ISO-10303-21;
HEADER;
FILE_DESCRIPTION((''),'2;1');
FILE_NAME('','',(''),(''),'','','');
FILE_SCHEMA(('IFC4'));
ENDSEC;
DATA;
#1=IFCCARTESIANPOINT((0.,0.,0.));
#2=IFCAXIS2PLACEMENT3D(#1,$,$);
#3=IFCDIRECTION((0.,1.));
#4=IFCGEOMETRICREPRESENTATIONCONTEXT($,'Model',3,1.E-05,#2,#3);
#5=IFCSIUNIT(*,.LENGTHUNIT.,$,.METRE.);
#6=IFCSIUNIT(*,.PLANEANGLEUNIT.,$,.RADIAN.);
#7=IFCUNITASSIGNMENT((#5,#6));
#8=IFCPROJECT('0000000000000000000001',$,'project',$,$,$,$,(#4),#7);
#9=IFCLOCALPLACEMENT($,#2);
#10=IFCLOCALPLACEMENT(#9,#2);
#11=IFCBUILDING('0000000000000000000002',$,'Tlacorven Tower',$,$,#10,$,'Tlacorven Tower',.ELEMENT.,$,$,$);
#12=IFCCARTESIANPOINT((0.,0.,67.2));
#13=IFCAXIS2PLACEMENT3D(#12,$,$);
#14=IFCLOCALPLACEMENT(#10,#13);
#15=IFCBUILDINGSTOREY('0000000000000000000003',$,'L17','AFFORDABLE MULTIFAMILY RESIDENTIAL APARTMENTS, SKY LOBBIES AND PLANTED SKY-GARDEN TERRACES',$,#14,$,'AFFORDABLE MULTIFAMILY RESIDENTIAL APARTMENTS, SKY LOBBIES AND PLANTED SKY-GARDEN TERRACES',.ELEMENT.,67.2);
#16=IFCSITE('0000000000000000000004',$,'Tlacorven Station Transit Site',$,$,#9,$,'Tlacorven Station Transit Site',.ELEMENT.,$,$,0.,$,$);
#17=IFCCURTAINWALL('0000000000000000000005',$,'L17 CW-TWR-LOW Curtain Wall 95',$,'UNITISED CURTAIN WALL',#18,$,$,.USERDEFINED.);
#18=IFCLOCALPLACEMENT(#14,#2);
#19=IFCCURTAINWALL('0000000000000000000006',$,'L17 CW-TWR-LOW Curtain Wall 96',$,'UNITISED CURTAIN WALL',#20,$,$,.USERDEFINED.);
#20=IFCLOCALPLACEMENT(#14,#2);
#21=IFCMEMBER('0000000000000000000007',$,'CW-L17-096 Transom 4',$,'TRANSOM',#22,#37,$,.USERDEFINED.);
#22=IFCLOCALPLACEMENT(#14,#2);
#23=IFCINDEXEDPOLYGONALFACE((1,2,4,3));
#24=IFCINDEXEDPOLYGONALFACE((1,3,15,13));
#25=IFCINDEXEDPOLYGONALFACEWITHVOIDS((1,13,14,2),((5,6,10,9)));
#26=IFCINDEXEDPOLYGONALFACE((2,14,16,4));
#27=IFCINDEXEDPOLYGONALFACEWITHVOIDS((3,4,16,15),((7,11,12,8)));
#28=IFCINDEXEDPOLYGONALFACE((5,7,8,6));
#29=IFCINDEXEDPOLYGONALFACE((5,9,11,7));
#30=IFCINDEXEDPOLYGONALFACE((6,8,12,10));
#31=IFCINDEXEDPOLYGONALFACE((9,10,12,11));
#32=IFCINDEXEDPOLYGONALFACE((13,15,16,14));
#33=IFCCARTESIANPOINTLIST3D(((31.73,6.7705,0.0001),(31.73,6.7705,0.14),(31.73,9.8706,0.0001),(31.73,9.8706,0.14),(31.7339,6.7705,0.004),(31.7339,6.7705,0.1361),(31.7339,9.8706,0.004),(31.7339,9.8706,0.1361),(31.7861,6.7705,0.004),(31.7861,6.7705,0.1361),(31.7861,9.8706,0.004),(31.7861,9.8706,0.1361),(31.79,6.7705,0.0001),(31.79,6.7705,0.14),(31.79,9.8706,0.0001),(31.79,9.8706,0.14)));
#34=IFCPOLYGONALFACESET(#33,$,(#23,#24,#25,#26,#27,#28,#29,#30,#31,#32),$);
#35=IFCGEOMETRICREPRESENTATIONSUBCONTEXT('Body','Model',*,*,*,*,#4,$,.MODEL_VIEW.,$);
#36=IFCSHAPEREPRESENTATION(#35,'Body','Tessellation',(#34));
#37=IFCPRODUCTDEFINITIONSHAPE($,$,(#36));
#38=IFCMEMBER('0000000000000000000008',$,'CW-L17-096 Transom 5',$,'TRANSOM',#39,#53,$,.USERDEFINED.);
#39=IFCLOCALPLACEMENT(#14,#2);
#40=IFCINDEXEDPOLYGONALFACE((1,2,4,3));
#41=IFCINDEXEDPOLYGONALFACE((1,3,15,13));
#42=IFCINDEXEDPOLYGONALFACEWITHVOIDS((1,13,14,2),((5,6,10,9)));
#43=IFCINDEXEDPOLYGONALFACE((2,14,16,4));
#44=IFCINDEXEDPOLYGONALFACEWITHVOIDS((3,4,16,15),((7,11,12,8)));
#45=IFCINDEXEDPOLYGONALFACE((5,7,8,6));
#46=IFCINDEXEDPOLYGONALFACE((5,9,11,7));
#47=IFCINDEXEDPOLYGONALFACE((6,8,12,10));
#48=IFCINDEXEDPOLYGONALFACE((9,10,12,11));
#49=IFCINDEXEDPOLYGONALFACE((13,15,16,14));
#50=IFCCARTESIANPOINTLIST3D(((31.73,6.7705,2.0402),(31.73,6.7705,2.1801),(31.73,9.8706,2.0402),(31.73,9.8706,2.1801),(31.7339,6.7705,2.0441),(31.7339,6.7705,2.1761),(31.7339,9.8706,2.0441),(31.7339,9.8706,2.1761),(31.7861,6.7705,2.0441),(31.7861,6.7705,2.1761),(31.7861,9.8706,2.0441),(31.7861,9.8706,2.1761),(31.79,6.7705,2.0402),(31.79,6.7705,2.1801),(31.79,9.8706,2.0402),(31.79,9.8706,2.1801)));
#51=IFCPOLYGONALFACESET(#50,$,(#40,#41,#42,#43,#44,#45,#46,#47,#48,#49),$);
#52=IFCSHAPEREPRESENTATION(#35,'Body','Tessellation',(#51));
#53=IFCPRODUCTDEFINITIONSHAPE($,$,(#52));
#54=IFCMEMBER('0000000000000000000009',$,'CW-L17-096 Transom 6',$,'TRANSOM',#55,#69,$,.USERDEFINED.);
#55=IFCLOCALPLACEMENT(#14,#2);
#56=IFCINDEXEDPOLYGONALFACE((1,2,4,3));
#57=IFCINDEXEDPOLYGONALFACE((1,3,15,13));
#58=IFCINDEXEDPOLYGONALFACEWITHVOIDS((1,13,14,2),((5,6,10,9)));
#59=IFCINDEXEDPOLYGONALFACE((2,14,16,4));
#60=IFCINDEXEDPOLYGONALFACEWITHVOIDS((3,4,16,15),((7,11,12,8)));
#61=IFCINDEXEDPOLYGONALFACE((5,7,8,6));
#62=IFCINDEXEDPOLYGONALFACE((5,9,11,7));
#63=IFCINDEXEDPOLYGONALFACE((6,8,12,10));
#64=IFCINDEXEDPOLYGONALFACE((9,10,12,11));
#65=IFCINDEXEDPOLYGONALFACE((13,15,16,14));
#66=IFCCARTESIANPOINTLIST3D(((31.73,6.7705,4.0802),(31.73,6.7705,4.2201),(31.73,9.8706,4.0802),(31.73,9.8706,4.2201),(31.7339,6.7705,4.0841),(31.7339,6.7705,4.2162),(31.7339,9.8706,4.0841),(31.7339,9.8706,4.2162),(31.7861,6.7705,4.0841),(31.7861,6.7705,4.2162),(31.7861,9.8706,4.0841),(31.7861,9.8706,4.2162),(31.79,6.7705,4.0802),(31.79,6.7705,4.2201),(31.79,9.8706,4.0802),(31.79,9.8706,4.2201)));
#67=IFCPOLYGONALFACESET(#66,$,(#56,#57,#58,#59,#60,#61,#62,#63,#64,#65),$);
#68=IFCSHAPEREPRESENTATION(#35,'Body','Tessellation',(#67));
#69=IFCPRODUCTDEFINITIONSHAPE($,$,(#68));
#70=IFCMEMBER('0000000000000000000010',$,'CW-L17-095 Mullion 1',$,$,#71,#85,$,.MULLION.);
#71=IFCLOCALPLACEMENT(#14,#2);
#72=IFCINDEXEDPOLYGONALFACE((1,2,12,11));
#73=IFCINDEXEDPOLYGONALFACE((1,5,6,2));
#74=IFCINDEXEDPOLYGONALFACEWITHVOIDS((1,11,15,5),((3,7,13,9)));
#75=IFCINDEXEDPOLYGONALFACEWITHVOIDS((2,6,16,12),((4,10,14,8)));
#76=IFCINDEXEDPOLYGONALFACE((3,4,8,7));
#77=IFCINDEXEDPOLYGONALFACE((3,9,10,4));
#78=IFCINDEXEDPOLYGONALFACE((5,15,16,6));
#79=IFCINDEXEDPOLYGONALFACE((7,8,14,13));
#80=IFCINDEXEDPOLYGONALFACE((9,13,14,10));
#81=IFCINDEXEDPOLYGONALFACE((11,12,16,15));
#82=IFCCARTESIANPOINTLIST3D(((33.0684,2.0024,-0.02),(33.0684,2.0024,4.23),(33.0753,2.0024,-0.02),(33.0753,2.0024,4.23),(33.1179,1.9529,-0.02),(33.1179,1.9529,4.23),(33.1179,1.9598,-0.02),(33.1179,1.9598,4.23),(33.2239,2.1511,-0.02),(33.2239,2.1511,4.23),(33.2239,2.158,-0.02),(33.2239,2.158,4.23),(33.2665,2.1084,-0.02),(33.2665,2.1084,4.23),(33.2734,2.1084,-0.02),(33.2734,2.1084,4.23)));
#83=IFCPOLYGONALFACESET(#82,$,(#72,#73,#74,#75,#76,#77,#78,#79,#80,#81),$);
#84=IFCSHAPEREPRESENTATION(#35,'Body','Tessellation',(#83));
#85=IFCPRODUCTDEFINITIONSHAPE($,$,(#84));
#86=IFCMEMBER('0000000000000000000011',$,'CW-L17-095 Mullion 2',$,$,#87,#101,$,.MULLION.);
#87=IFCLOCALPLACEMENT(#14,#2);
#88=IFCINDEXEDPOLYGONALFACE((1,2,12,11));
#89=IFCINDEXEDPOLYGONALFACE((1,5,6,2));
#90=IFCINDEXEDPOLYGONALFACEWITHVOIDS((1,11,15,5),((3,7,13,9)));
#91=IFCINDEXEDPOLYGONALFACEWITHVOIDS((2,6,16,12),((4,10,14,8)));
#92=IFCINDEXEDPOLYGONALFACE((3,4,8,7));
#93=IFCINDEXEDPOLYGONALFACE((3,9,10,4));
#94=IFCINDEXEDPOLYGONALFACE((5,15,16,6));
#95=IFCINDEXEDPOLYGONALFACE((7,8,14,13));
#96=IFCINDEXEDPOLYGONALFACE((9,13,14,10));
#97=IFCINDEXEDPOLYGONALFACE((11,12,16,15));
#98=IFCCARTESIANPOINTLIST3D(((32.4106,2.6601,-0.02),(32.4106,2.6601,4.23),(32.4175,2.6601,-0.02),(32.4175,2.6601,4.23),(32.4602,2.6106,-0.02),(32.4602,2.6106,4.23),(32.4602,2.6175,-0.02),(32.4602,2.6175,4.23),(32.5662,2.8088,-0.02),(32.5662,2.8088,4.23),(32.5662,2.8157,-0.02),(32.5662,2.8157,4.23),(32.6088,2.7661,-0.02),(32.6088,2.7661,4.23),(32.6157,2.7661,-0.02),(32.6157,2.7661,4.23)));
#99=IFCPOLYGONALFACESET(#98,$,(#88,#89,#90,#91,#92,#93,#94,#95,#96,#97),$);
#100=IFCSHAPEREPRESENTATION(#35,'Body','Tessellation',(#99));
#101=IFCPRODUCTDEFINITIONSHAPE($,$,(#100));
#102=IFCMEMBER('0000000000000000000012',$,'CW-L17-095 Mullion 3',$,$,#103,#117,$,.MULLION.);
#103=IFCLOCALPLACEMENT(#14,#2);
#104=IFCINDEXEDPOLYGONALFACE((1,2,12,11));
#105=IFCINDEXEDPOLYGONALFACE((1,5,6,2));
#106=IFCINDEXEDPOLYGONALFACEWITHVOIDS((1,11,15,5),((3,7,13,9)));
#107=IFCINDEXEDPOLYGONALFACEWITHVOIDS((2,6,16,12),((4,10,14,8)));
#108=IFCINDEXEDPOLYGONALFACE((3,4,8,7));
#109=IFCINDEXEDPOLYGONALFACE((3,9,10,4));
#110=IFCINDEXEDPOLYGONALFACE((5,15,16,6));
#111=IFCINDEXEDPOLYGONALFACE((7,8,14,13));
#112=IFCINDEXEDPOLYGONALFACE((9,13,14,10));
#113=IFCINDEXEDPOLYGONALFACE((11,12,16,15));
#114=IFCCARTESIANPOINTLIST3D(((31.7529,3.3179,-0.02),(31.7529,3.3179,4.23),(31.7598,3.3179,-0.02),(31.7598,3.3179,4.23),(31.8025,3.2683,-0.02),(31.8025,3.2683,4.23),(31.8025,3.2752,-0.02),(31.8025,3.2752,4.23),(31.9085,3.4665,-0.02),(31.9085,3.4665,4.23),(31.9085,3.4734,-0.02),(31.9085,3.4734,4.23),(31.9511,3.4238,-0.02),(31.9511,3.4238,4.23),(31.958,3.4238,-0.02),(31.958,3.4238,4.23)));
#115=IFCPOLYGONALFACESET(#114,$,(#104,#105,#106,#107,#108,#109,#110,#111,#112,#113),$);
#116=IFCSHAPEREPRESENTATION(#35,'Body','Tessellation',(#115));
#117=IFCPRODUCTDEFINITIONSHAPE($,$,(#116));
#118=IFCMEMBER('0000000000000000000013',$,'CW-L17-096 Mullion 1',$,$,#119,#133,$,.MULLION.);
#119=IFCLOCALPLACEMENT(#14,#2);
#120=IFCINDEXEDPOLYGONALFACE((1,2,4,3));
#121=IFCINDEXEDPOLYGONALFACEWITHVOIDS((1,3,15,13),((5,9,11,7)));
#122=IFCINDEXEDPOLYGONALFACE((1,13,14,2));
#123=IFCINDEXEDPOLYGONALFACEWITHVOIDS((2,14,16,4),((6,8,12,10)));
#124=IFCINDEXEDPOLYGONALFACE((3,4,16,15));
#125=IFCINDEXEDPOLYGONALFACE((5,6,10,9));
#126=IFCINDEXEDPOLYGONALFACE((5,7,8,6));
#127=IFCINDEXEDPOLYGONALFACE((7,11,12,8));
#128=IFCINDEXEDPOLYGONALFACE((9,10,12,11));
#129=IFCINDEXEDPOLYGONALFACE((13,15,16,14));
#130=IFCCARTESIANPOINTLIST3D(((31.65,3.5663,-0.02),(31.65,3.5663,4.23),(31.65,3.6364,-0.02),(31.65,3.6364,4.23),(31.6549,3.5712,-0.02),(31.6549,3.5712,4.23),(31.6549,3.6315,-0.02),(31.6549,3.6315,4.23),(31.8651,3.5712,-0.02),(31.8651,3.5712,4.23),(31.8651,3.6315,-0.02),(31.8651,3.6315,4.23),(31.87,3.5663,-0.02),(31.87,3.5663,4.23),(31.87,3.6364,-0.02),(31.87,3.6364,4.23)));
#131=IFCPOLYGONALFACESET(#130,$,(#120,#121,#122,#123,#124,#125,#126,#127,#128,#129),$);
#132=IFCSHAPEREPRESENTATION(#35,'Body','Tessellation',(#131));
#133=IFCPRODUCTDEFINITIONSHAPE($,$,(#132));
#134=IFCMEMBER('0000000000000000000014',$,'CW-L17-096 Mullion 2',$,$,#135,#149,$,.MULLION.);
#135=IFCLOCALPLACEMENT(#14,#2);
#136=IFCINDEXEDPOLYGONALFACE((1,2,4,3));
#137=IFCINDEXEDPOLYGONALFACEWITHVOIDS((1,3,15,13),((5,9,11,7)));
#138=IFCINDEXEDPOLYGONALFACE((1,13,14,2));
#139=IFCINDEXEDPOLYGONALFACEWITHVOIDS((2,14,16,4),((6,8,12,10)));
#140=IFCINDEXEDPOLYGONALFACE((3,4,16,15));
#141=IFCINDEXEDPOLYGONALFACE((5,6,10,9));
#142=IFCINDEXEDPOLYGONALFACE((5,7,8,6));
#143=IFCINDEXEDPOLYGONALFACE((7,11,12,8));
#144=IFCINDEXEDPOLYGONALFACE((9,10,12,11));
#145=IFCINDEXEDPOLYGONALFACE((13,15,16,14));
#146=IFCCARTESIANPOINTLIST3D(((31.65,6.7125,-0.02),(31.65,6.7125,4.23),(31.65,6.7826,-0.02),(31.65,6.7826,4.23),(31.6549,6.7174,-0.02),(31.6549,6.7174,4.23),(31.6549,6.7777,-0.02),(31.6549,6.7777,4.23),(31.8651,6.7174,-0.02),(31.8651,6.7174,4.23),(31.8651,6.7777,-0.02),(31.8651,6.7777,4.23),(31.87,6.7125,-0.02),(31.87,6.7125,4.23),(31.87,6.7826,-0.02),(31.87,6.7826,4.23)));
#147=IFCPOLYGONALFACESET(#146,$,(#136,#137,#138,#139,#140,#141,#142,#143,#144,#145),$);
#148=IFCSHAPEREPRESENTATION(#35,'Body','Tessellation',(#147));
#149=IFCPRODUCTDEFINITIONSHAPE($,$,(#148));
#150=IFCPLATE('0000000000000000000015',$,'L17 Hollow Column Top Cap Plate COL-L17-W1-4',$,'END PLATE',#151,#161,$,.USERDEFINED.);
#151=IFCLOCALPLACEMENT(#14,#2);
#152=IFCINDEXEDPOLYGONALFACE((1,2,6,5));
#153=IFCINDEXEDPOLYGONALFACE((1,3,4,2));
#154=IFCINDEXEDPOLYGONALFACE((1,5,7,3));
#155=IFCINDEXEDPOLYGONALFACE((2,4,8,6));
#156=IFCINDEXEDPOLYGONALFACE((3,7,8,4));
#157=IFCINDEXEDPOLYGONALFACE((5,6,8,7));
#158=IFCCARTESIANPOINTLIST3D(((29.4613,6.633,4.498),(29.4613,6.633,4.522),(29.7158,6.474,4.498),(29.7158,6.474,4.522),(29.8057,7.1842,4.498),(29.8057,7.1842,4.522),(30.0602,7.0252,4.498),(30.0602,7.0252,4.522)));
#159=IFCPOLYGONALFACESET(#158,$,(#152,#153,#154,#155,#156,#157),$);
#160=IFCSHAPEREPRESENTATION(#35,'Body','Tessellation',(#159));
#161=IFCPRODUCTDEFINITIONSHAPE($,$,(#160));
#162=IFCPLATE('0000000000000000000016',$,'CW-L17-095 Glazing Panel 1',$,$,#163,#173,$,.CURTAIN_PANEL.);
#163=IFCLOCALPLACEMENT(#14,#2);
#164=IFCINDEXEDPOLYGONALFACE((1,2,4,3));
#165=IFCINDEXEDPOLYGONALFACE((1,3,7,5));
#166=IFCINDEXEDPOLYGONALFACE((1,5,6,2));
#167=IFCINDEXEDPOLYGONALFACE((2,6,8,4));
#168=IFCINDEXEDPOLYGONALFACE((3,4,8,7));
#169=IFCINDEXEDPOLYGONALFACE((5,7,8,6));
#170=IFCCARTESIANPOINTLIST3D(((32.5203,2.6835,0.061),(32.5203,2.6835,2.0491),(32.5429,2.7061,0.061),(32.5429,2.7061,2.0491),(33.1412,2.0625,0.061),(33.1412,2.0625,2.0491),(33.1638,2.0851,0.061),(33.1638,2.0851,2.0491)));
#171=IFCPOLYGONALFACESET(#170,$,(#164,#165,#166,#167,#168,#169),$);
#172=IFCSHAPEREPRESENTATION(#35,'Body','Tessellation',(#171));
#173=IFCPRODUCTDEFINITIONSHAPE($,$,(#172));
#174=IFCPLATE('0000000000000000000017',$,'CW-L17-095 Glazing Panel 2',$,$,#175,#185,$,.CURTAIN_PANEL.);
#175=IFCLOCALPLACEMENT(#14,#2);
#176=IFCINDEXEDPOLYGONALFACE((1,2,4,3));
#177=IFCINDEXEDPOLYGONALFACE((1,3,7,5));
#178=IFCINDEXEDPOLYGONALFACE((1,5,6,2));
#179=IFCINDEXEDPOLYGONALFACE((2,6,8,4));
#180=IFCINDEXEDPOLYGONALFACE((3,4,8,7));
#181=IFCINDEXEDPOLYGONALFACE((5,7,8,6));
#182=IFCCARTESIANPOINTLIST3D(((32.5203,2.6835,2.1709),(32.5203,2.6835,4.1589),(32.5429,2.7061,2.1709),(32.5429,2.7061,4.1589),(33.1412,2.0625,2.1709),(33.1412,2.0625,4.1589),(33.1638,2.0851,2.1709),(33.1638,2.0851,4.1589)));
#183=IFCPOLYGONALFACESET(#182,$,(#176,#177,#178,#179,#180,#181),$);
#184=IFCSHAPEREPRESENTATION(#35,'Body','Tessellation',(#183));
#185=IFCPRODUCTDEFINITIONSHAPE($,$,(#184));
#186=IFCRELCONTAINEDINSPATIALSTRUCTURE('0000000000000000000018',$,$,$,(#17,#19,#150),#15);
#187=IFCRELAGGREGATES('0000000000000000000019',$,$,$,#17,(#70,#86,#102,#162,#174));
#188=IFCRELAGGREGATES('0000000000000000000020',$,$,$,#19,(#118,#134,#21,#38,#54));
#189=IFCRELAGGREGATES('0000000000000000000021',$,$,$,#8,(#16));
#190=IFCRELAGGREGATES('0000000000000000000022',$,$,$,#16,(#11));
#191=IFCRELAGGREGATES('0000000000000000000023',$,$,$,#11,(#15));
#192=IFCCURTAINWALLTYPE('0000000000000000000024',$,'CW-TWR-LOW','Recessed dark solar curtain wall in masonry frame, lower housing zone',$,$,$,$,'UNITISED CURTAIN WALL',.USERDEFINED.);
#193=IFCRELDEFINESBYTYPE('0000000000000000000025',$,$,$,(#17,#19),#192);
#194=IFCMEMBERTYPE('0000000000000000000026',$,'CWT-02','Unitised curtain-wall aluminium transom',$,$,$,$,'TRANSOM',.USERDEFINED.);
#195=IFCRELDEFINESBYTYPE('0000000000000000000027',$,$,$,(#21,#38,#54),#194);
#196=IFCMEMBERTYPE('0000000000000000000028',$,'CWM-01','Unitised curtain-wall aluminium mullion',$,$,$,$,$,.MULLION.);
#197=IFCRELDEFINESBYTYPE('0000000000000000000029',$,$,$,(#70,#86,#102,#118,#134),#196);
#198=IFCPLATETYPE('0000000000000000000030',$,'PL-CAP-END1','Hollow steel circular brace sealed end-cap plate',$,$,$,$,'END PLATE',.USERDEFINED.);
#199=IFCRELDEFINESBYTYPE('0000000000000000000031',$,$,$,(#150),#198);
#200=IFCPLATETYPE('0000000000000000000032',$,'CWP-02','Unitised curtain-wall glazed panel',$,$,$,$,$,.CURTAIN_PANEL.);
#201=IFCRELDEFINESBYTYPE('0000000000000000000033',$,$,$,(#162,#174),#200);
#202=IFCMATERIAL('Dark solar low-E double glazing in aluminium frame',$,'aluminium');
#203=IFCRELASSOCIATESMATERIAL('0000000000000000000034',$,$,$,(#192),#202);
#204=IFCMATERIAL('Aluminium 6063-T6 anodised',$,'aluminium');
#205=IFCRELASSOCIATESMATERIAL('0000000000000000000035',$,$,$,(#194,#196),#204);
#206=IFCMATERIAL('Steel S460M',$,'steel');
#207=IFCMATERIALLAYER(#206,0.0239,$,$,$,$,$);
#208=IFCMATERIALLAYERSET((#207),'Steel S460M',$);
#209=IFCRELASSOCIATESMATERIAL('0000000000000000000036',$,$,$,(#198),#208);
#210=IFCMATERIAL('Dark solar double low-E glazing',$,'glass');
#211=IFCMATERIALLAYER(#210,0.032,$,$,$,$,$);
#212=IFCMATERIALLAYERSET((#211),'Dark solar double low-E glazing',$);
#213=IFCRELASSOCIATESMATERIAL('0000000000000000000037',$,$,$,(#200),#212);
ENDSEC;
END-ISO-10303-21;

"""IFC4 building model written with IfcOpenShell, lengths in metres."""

from ifc_helpers import new_model, si_unit, direction, frame, origin, origin_2d, place, context, subcontext, project, spatial, rectangle, hollow_rectangle, extrude, source, transform, mapped, material, layer, layer_set, material_profile, profile_set, type_object, element, aggregate, save


model = new_model("IFC4")

# Units and contexts
model_context = context("Model", 3, precision=1e-05, world=origin(), true_north=direction((0.0, 1.0)))
body_context = subcontext(model_context, "Body", "Model", "MODEL_VIEW")
ifc_project = project(units=[si_unit("LENGTHUNIT", "METRE"), si_unit("PLANEANGLEUNIT", "RADIAN")], contexts=[model_context])

# Site, building, storey
site_placement = place(None, origin())
site = spatial("IfcSite", under=ifc_project, at=site_placement, Name="Tlacorven Station Transit Site", LongName="Tlacorven Station Transit Site", CompositionType="ELEMENT", RefElevation=0.0)
building_placement = place(site_placement, origin())
building = spatial("IfcBuilding", under=site, at=building_placement, Name="Tlacorven Tower", LongName="Tlacorven Tower", CompositionType="ELEMENT")
storey_placement = place(building_placement, frame((0.0, 0.0, 67.2)))
storey = spatial("IfcBuildingStorey", under=building, at=storey_placement, Name="L17", Description="AFFORDABLE MULTIFAMILY RESIDENTIAL APARTMENTS, SKY LOBBIES AND PLANTED SKY-GARDEN TERRACES", LongName="AFFORDABLE MULTIFAMILY RESIDENTIAL APARTMENTS, SKY LOBBIES AND PLANTED SKY-GARDEN TERRACES", CompositionType="ELEMENT", Elevation=67.2)

# Shared definitions
ifc_material_1 = material(Name="Steel S460M", Category="steel")

# Curtain walls, members
ifc_material_2 = material(Name="Dark solar low-E double glazing in aluminium frame", Category="aluminium")
curtain_wall_type = type_object("IfcCurtainWallType", Name="CW-TWR-LOW", Description="Recessed dark solar curtain wall in masonry frame, lower housing zone", ElementType="UNITISED CURTAIN WALL", PredefinedType="USERDEFINED", material=ifc_material_2)
curtain_wall_1_placement = place(storey_placement, origin())
curtain_wall_1 = element("IfcCurtainWall", 1, at=curtain_wall_1_placement, inside=storey, type_object=curtain_wall_type, Name="L17 CW-TWR-LOW Curtain Wall 95", ObjectType="UNITISED CURTAIN WALL", PredefinedType="USERDEFINED")
ifc_material_3 = material(Name="Aluminium 6063-T6 anodised", Category="aluminium")
ifc_material_profile_1 = material_profile(ifc_material_3, hollow_rectangle(XDim=0.0601, YDim=0.1399, WallThickness=0.0039, at=origin_2d()), Name="ALU TRANSOM 60X140")
ifc_profile_set_1 = profile_set([ifc_material_profile_1], Name="Aluminium 6063-T6 anodised")
member_type_1 = type_object("IfcMemberType", Name="CWT-02", Description="Unitised curtain-wall aluminium transom", ElementType="TRANSOM", PredefinedType="USERDEFINED", material=ifc_profile_set_1)
curtain_wall_2_placement = place(storey_placement, origin())
curtain_wall_2 = element("IfcCurtainWall", 2, at=curtain_wall_2_placement, inside=storey, type_object=curtain_wall_type, Name="L17 CW-TWR-LOW Curtain Wall 96", ObjectType="UNITISED CURTAIN WALL", PredefinedType="USERDEFINED")
shared_shape_1 = source(origin(), body_context, "Body", "SweptSolid", [
    extrude(hollow_rectangle(XDim=0.0601, YDim=0.1399, WallThickness=0.0039, at=origin_2d()), origin(), (0.0, 0.0, 1.0), 3.1001),
])
member_1_placement = place(storey_placement, frame((31.76, 6.7705, 0.0701), z_axis=(0.0, 1.0, 0.0), x_axis=(-1.0, 0.0, 0.0)))
member_1 = element("IfcMember", 3, at=member_1_placement, type_object=member_type_1, Name="CW-L17-096 Transom 4", ObjectType="TRANSOM", PredefinedType="USERDEFINED", context=body_context, shape_type="MappedRepresentation", body=[
    mapped(shared_shape_1, transform((0.0, 0.0, 0.0), scale=1.0)),
])
member_2_placement = place(storey_placement, frame((31.76, 6.7705, 2.1101), z_axis=(0.0, 1.0, 0.0), x_axis=(-1.0, 0.0, 0.0)))
member_2 = element("IfcMember", 4, at=member_2_placement, type_object=member_type_1, Name="CW-L17-096 Transom 5", ObjectType="TRANSOM", PredefinedType="USERDEFINED", context=body_context, shape_type="MappedRepresentation", body=[
    mapped(shared_shape_1, transform((0.0, 0.0, 0.0), scale=1.0)),
])
member_3_placement = place(storey_placement, frame((31.76, 6.7705, 4.1501), z_axis=(0.0, 1.0, 0.0), x_axis=(-1.0, 0.0, 0.0)))
member_3 = element("IfcMember", 5, at=member_3_placement, type_object=member_type_1, Name="CW-L17-096 Transom 6", ObjectType="TRANSOM", PredefinedType="USERDEFINED", context=body_context, shape_type="MappedRepresentation", body=[
    mapped(shared_shape_1, transform((0.0, 0.0, 0.0), scale=1.0)),
])

# Members
ifc_material_profile_2 = material_profile(ifc_material_3, hollow_rectangle(XDim=0.0701, YDim=0.22, WallThickness=0.0049, at=origin_2d()), Name="ALU MULLION 70X220")
ifc_profile_set_2 = profile_set([ifc_material_profile_2], Name="Aluminium 6063-T6 anodised")
member_type_2 = type_object("IfcMemberType", Name="CWM-01", Description="Unitised curtain-wall aluminium mullion", PredefinedType="MULLION", material=ifc_profile_set_2)
shared_shape_2 = source(origin(), body_context, "Body", "SweptSolid", [
    extrude(hollow_rectangle(XDim=0.0701, YDim=0.22, WallThickness=0.0049, at=origin_2d()), origin(), (0.0, 0.0, 1.0), 4.25),
])
member_4_placement = place(storey_placement, frame((33.1709, 2.0554, -0.02), z_axis=(0.0, 0.0, 1.0), x_axis=(-0.707107, 0.707107, 0.0)))
member_4 = element("IfcMember", 6, at=member_4_placement, type_object=member_type_2, Name="CW-L17-095 Mullion 1", PredefinedType="MULLION", context=body_context, shape_type="MappedRepresentation", body=[
    mapped(shared_shape_2, transform((0.0, 0.0, 0.0), scale=1.0)),
])
member_5_placement = place(storey_placement, frame((32.5132, 2.7131, -0.02), z_axis=(0.0, 0.0, 1.0), x_axis=(-0.707107, 0.707107, 0.0)))
member_5 = element("IfcMember", 7, at=member_5_placement, type_object=member_type_2, Name="CW-L17-095 Mullion 2", PredefinedType="MULLION", context=body_context, shape_type="MappedRepresentation", body=[
    mapped(shared_shape_2, transform((0.0, 0.0, 0.0), scale=1.0)),
])
member_6_placement = place(storey_placement, frame((31.8555, 3.3708, -0.02), z_axis=(0.0, 0.0, 1.0), x_axis=(-0.707107, 0.707107, 0.0)))
member_6 = element("IfcMember", 8, at=member_6_placement, type_object=member_type_2, Name="CW-L17-095 Mullion 3", PredefinedType="MULLION", context=body_context, shape_type="MappedRepresentation", body=[
    mapped(shared_shape_2, transform((0.0, 0.0, 0.0), scale=1.0)),
])
member_7_placement = place(storey_placement, frame((31.76, 3.6013, -0.02), z_axis=(0.0, 0.0, 1.0), x_axis=(0.0, 1.0, 0.0)))
member_7 = element("IfcMember", 9, at=member_7_placement, type_object=member_type_2, Name="CW-L17-096 Mullion 1", PredefinedType="MULLION", context=body_context, shape_type="MappedRepresentation", body=[
    mapped(shared_shape_2, transform((0.0, 0.0, 0.0), scale=1.0)),
])
member_8_placement = place(storey_placement, frame((31.76, 6.7476, -0.02), z_axis=(0.0, 0.0, 1.0), x_axis=(0.0, 1.0, 0.0)))
member_8 = element("IfcMember", 10, at=member_8_placement, type_object=member_type_2, Name="CW-L17-096 Mullion 2", PredefinedType="MULLION", context=body_context, shape_type="MappedRepresentation", body=[
    mapped(shared_shape_2, transform((0.0, 0.0, 0.0), scale=1.0)),
])

# Plates
ifc_layer_1 = layer(ifc_material_1, 0.0239)
ifc_layer_set_1 = layer_set([ifc_layer_1], Name="Steel S460M")
plate_type_1 = type_object("IfcPlateType", Name="PL-CAP-END1", Description="Hollow steel circular brace sealed end-cap plate", ElementType="END PLATE", PredefinedType="USERDEFINED", material=ifc_layer_set_1)
shared_shape_3 = source(origin(), body_context, "Body", "SweptSolid", [
    extrude(rectangle(XDim=0.3, YDim=0.6499, at=origin_2d()), origin(), (0.0, 0.0, 1.0), 0.0239),
])
plate_1_placement = place(storey_placement, frame((29.7607, 6.8291, 4.498), z_axis=(0.0, 0.0, 1.0), x_axis=(-0.848048, 0.529919, 0.0)))
element("IfcPlate", 11, at=plate_1_placement, inside=storey, type_object=plate_type_1, Name="L17 Hollow Column Top Cap Plate COL-L17-W1-4", ObjectType="END PLATE", PredefinedType="USERDEFINED", context=body_context, shape_type="MappedRepresentation", body=[
    mapped(shared_shape_3, transform((0.0, 0.0, 0.0), scale=1.0)),
])
ifc_material_4 = material(Name="Dark solar double low-E glazing", Category="glass")
ifc_layer_2 = layer(ifc_material_4, 0.032)
ifc_layer_set_2 = layer_set([ifc_layer_2], Name="Dark solar double low-E glazing")
plate_type_2 = type_object("IfcPlateType", Name="CWP-02", Description="Unitised curtain-wall glazed panel", PredefinedType="CURTAIN_PANEL", material=ifc_layer_set_2)
shared_shape_4 = source(origin(), body_context, "Body", "SweptSolid", [
    extrude(rectangle(XDim=0.8782, YDim=0.032, at=origin_2d()), origin(), (0.0, 0.0, 1.0), 1.988),
])
plate_2_placement = place(storey_placement, frame((32.842, 2.3843, 0.061), z_axis=(0.0, 0.0, 1.0), x_axis=(-0.707107, 0.707107, 0.0)))
plate_2 = element("IfcPlate", 12, at=plate_2_placement, type_object=plate_type_2, Name="CW-L17-095 Glazing Panel 1", PredefinedType="CURTAIN_PANEL", context=body_context, shape_type="MappedRepresentation", body=[
    mapped(shared_shape_4, transform((0.0, 0.0, 0.0), scale=1.0)),
])
plate_3_placement = place(storey_placement, frame((32.842, 2.3843, 2.1709), z_axis=(0.0, 0.0, 1.0), x_axis=(-0.707107, 0.707107, 0.0)))
plate_3 = element("IfcPlate", 13, at=plate_3_placement, type_object=plate_type_2, Name="CW-L17-095 Glazing Panel 2", PredefinedType="CURTAIN_PANEL", context=body_context, shape_type="MappedRepresentation", body=[
    mapped(shared_shape_4, transform((0.0, 0.0, 0.0), scale=1.0)),
])
aggregate(curtain_wall_1, [member_4, member_5, member_6, plate_2, plate_3])
aggregate(curtain_wall_2, [member_7, member_8, member_1, member_2, member_3])

save(model, "model.ifc")
